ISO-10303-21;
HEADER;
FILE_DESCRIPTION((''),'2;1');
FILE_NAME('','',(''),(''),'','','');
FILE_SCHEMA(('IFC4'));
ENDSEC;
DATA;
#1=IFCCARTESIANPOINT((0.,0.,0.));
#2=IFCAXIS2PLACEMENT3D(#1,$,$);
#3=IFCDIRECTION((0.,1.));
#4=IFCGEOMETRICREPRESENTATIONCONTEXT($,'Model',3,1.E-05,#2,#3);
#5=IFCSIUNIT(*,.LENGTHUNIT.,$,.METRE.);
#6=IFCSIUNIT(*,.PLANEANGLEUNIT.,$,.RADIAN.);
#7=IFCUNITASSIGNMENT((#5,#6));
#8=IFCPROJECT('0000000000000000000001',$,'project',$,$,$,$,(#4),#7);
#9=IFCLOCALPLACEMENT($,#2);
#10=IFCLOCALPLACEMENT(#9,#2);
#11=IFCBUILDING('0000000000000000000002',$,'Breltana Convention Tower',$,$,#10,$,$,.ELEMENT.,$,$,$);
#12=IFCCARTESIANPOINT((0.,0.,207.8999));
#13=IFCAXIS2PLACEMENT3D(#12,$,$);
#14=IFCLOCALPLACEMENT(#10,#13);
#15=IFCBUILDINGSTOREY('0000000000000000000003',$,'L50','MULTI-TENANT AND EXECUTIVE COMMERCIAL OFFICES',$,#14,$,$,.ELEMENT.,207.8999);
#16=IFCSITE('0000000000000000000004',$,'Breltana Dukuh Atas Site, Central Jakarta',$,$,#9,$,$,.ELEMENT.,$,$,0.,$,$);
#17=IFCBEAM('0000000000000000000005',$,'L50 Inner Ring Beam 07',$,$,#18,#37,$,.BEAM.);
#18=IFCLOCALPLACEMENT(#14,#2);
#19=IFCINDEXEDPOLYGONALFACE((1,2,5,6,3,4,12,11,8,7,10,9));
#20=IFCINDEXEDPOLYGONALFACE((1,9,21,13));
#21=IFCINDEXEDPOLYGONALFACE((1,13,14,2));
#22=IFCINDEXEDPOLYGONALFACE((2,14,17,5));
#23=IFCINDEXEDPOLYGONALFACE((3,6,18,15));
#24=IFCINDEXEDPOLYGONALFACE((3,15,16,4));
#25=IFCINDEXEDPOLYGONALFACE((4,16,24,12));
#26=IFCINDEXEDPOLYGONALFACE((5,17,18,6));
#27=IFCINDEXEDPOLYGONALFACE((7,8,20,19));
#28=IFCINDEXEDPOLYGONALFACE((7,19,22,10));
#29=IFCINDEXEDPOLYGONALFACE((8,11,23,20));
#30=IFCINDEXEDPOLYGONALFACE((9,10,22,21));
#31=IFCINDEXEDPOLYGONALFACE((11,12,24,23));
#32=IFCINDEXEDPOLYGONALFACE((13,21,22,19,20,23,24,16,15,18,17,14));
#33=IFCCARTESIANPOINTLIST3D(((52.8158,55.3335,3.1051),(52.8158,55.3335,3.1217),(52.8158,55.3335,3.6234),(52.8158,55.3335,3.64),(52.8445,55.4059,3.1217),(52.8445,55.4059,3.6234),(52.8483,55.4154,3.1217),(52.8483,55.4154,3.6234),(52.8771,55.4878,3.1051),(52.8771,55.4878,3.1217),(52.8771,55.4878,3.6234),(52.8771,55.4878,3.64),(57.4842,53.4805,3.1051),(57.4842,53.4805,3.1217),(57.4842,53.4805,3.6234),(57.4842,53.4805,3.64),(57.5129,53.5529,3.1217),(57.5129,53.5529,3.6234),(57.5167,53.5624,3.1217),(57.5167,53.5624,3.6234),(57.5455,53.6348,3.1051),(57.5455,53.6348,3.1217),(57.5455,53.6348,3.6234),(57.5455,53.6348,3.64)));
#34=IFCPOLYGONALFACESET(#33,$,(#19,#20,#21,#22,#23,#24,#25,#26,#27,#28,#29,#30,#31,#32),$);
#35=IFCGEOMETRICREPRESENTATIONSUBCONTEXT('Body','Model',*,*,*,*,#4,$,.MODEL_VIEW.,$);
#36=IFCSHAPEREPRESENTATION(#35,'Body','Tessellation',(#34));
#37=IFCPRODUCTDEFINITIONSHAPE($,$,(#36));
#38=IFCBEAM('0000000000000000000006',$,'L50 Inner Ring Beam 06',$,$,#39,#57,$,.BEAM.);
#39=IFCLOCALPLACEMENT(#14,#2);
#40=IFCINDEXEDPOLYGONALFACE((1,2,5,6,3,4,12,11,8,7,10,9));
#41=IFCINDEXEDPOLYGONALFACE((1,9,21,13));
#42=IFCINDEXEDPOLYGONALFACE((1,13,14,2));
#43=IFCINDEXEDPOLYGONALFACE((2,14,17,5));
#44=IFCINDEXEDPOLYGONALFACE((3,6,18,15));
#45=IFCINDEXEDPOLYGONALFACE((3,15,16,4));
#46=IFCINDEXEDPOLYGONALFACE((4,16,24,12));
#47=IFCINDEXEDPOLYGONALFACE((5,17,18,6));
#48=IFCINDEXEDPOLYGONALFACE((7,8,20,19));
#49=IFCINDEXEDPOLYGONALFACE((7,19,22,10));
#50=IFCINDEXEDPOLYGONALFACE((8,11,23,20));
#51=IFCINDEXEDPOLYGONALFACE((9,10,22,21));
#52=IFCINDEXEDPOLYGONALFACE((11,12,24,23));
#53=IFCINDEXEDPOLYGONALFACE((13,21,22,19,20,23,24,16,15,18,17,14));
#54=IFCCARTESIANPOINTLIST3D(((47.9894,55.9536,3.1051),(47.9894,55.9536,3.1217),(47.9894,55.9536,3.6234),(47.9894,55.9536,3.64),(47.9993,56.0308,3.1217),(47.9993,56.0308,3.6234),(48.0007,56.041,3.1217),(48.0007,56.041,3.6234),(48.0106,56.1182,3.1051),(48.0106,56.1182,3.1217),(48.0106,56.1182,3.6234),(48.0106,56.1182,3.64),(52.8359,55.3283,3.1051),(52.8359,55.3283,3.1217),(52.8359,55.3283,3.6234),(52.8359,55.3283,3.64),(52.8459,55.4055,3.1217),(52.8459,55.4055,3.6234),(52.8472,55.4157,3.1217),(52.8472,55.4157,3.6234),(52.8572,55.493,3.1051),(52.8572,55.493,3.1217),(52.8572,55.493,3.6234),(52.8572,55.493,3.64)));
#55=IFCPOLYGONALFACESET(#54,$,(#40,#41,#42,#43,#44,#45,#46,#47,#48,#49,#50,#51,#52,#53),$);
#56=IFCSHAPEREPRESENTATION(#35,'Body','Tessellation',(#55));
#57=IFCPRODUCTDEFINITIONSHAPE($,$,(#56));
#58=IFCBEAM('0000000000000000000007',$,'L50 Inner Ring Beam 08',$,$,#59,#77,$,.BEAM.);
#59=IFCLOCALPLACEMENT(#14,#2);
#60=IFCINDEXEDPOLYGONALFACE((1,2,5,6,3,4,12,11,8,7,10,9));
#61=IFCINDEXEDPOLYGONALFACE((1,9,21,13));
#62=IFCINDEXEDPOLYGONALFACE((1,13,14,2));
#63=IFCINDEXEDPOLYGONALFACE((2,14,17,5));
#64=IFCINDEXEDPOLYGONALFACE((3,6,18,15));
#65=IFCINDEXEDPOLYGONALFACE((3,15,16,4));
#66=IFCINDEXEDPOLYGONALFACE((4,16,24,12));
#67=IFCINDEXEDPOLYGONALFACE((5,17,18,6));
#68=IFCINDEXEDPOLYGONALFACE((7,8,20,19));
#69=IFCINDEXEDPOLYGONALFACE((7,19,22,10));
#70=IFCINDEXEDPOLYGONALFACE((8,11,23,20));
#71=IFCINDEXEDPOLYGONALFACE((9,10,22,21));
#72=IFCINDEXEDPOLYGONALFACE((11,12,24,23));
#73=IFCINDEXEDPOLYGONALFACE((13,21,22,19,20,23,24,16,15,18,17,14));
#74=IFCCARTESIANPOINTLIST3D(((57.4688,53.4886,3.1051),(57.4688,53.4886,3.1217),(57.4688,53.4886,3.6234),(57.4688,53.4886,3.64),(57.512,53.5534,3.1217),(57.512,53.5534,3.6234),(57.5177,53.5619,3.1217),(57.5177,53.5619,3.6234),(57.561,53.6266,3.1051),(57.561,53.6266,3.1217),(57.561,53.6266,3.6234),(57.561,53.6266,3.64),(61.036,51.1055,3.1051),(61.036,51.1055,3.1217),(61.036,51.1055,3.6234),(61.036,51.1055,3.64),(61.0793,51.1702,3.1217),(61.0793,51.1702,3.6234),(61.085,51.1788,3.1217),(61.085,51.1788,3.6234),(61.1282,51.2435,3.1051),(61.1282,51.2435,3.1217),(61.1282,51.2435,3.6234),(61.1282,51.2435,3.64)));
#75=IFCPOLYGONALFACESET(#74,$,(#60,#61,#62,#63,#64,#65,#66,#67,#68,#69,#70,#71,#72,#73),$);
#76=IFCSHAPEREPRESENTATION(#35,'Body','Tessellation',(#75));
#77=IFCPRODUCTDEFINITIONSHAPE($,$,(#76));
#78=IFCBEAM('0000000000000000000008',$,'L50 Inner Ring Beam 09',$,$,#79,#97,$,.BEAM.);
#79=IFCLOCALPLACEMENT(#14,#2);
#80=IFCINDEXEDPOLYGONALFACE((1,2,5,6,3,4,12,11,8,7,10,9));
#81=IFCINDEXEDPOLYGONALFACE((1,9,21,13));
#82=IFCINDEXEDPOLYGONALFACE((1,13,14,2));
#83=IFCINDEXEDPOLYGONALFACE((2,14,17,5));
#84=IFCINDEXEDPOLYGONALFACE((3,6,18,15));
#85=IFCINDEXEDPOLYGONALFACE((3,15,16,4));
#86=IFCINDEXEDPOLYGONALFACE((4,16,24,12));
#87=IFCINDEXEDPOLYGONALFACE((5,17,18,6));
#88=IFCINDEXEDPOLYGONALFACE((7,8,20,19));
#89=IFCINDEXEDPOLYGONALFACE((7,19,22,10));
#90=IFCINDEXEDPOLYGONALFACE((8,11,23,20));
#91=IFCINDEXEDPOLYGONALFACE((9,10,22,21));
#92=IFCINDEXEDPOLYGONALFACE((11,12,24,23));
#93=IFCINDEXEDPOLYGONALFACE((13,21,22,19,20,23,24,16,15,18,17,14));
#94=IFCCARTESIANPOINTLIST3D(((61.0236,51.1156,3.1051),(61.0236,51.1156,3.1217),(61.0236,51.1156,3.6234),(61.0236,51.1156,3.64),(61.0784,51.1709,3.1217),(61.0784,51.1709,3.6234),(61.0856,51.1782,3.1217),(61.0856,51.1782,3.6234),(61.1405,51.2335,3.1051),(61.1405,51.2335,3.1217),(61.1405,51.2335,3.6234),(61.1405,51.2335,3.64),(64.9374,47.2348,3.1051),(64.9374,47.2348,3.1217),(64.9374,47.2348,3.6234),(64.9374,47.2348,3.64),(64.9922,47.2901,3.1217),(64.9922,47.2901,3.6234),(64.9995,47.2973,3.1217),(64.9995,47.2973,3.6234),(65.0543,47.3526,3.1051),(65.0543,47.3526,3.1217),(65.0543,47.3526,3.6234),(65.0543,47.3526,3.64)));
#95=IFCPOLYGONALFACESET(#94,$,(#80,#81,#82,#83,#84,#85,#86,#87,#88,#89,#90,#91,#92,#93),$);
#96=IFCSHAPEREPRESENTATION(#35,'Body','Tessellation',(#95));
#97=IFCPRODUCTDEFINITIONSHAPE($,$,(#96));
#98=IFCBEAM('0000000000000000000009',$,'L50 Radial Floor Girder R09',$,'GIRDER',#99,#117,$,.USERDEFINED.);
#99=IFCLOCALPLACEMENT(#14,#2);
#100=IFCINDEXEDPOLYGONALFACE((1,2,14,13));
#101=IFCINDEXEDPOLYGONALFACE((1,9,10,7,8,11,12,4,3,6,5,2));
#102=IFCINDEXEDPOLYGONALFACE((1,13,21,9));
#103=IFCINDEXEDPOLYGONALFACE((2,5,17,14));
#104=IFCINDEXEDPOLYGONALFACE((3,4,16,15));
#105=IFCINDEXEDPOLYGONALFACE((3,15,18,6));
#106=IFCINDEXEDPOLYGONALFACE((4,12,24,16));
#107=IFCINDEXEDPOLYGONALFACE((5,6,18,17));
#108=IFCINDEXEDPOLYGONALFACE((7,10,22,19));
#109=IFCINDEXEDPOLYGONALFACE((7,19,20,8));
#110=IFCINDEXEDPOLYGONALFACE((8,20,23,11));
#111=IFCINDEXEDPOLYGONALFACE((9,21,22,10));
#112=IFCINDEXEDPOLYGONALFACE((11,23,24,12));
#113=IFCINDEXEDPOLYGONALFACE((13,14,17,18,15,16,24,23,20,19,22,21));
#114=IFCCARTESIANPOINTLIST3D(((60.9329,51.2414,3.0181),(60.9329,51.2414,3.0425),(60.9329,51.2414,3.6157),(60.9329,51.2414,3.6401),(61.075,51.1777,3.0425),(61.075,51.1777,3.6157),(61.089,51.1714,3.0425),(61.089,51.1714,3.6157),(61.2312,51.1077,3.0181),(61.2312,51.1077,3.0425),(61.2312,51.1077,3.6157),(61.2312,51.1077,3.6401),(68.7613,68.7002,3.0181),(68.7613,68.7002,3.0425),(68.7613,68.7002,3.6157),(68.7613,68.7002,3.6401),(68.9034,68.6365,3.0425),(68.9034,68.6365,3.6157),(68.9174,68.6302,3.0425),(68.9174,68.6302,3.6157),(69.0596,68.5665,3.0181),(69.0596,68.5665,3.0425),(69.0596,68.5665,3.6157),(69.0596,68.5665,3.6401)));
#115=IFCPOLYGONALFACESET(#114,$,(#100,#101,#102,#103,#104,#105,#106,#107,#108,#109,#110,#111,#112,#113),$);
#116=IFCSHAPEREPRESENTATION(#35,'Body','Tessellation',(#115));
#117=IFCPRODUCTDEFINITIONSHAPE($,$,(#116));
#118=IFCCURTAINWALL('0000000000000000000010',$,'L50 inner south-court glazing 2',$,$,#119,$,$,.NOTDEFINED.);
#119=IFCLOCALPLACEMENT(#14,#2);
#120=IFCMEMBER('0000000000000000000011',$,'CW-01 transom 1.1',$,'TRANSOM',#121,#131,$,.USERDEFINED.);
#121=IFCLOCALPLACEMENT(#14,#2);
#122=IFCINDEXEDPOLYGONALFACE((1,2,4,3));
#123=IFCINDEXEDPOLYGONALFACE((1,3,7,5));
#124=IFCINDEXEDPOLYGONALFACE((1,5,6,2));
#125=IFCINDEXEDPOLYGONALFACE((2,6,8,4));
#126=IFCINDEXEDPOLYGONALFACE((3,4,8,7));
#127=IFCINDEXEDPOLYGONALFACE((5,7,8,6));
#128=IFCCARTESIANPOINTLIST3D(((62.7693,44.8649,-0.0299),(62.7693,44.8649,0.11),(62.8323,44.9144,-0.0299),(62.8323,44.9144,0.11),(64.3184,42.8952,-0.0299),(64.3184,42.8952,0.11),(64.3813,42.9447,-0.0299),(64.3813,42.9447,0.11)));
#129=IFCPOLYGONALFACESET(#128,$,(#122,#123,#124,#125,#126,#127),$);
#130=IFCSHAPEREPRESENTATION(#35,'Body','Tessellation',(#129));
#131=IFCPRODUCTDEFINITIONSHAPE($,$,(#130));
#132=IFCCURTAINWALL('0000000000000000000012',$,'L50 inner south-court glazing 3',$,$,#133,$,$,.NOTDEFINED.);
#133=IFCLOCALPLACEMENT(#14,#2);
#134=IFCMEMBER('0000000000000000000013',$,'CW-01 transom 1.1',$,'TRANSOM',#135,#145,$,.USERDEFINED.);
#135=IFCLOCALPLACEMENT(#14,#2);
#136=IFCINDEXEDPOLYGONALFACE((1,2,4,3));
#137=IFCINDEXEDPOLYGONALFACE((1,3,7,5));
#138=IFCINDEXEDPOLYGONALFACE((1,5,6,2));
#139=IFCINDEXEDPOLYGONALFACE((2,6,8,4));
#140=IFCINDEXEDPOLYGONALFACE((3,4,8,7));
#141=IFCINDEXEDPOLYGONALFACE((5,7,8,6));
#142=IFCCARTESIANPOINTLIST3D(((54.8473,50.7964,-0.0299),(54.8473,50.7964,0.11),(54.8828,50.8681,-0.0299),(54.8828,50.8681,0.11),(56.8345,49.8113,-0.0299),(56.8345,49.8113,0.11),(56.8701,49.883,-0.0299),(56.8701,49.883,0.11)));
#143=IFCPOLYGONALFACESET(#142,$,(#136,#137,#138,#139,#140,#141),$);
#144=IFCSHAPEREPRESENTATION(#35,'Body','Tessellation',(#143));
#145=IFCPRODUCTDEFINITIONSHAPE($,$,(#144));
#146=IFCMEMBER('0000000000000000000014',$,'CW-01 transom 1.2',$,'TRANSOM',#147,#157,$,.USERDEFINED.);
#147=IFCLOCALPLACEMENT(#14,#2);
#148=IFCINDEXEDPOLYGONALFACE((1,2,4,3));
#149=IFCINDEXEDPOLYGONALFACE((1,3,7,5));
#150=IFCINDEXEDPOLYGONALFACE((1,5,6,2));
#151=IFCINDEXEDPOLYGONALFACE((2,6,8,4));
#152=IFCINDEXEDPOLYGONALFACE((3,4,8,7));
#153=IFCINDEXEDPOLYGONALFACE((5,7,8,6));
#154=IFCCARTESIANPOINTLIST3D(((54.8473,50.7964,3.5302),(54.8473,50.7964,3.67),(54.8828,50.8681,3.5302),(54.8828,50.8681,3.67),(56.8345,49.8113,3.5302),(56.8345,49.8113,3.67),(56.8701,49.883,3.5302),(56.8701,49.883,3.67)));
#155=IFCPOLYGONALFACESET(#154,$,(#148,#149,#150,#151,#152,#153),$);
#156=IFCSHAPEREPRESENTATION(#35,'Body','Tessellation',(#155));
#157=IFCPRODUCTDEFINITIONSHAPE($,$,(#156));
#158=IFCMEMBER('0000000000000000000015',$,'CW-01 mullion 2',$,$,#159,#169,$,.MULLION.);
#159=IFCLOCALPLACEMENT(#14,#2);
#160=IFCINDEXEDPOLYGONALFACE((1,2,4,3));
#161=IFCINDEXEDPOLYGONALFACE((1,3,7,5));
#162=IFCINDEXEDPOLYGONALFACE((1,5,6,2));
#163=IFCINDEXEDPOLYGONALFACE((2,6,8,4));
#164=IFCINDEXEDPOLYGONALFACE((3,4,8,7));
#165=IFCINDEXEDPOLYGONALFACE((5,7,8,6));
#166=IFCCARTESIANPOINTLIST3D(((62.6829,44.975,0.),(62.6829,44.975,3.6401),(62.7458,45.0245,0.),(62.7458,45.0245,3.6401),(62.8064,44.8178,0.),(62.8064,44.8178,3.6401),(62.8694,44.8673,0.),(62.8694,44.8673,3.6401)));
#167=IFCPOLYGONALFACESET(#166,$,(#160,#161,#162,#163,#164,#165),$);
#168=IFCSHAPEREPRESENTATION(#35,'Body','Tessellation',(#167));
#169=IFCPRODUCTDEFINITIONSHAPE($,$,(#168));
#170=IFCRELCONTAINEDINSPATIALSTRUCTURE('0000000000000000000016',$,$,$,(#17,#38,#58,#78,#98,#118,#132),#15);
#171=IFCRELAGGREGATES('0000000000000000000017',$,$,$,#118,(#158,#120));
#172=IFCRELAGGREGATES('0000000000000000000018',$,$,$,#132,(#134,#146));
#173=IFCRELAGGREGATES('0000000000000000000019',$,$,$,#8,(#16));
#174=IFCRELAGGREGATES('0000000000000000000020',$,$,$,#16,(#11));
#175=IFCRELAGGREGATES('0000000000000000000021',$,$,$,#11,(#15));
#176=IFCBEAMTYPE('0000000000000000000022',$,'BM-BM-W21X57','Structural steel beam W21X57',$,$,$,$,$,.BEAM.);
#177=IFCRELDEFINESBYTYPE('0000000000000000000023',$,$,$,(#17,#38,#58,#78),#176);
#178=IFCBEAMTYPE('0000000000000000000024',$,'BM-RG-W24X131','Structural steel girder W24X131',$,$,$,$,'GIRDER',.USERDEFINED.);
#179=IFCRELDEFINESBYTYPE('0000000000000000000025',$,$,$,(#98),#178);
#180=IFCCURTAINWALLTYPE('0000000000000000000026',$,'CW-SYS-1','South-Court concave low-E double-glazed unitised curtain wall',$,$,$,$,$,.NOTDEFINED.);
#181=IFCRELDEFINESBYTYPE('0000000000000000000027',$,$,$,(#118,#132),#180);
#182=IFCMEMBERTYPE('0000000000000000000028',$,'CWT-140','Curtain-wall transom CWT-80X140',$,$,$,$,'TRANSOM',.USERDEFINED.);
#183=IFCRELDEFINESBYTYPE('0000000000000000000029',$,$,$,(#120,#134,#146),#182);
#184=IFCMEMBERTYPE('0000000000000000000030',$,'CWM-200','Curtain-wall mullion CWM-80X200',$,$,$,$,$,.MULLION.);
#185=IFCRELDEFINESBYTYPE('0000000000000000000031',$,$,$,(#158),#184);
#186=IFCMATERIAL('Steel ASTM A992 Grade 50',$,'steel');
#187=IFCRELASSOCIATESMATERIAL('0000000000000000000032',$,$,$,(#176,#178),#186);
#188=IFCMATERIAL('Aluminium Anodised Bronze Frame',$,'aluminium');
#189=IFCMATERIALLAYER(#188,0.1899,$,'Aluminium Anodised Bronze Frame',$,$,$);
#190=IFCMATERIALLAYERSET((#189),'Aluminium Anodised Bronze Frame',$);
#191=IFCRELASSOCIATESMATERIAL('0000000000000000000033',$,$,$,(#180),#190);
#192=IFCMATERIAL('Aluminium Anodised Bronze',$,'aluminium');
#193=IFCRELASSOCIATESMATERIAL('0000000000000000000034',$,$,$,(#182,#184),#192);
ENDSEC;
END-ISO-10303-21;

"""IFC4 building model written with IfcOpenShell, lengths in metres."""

from ifc_helpers import new_model, si_unit, direction, frame, origin, origin_2d, place, context, subcontext, project, spatial, rectangle, i_section, extrude, source, transform, mapped, material, layer, layer_set, material_profile, profile_set, type_object, element, aggregate, save


model = new_model("IFC4")

# Units and contexts
model_context = context("Model", 3, precision=1e-05, world=origin(), true_north=direction((0.0, 1.0)))
body_context = subcontext(model_context, "Body", "Model", "MODEL_VIEW")
ifc_project = project(units=[si_unit("LENGTHUNIT", "METRE"), si_unit("PLANEANGLEUNIT", "RADIAN")], contexts=[model_context])

# Site, building, storey
site_placement = place(None, origin())
site = spatial("IfcSite", under=ifc_project, at=site_placement, Name="Breltana Dukuh Atas Site, Central Jakarta", CompositionType="ELEMENT", RefElevation=0.0)
building_placement = place(site_placement, origin())
building = spatial("IfcBuilding", under=site, at=building_placement, Name="Breltana Convention Tower", CompositionType="ELEMENT")
storey_placement = place(building_placement, frame((0.0, 0.0, 207.8999)))
storey = spatial("IfcBuildingStorey", under=building, at=storey_placement, Name="L50", Description="MULTI-TENANT AND EXECUTIVE COMMERCIAL OFFICES", CompositionType="ELEMENT", Elevation=207.8999)

# Shared definitions
ifc_material_1 = material(Name="Steel ASTM A992 Grade 50", Category="steel")

# Beams
ifc_material_profile_1 = material_profile(ifc_material_1, i_section(OverallWidth=0.166, OverallDepth=0.5349, WebThickness=0.0103, FlangeThickness=0.0166, at=origin_2d()), Name="W21X57")
ifc_profile_set_1 = profile_set([ifc_material_profile_1], Name="Steel ASTM A992 Grade 50")
beam_type_1 = type_object("IfcBeamType", Name="BM-BM-W21X57", Description="Structural steel beam W21X57", PredefinedType="BEAM", material=ifc_profile_set_1)
shared_shape_1 = source(origin(), body_context, "Body", "SweptSolid", [
    extrude(i_section(OverallWidth=0.166, OverallDepth=0.5349, WebThickness=0.0103, FlangeThickness=0.0166, at=origin_2d()), origin(), (0.0, 0.0, 1.0), 5.0227),
])
beam_1_placement = place(storey_placement, frame((52.8464, 55.4106, 3.3726), z_axis=(0.929459, -0.368926, 0.0), x_axis=(0.368926, 0.929459, 0.0)))
element("IfcBeam", 1, at=beam_1_placement, inside=storey, type_object=beam_type_1, Name="L50 Inner Ring Beam 07", PredefinedType="BEAM", context=body_context, shape_type="MappedRepresentation", body=[
    mapped(shared_shape_1, transform((0.0, 0.0, 0.0), scale=1.0)),
])
shared_shape_2 = source(origin(), body_context, "Body", "SweptSolid", [
    extrude(i_section(OverallWidth=0.166, OverallDepth=0.5349, WebThickness=0.0103, FlangeThickness=0.0166, at=origin_2d()), origin(), (0.0, 0.0, 1.0), 4.8867),
])
beam_2_placement = place(storey_placement, frame((48.0, 56.0359, 3.3726), z_axis=(0.991781, -0.127951, 0.0), x_axis=(0.127951, 0.991781, 0.0)))
element("IfcBeam", 2, at=beam_2_placement, inside=storey, type_object=beam_type_1, Name="L50 Inner Ring Beam 06", PredefinedType="BEAM", context=body_context, shape_type="MappedRepresentation", body=[
    mapped(shared_shape_2, transform((0.0, 0.0, 0.0), scale=1.0)),
])
shared_shape_3 = source(origin(), body_context, "Body", "SweptSolid", [
    extrude(i_section(OverallWidth=0.166, OverallDepth=0.5349, WebThickness=0.0103, FlangeThickness=0.0166, at=origin_2d()), origin(), (0.0, 0.0, 1.0), 4.29),
])
beam_3_placement = place(storey_placement, frame((57.5149, 53.5576, 3.3726), z_axis=(0.831516, -0.555501, 0.0), x_axis=(0.555501, 0.831516, 0.0)))
element("IfcBeam", 3, at=beam_3_placement, inside=storey, type_object=beam_type_1, Name="L50 Inner Ring Beam 08", PredefinedType="BEAM", context=body_context, shape_type="MappedRepresentation", body=[
    mapped(shared_shape_3, transform((0.0, 0.0, 0.0), scale=1.0)),
])
shared_shape_4 = source(origin(), body_context, "Body", "SweptSolid", [
    extrude(i_section(OverallWidth=0.166, OverallDepth=0.5349, WebThickness=0.0103, FlangeThickness=0.0166, at=origin_2d()), origin(), (0.0, 0.0, 1.0), 5.5117),
])
beam_4_placement = place(storey_placement, frame((61.082, 51.1746, 3.3726), z_axis=(0.71009, -0.704111, 0.0), x_axis=(0.704111, 0.71009, 0.0)))
element("IfcBeam", 4, at=beam_4_placement, inside=storey, type_object=beam_type_1, Name="L50 Inner Ring Beam 09", PredefinedType="BEAM", context=body_context, shape_type="MappedRepresentation", body=[
    mapped(shared_shape_4, transform((0.0, 0.0, 0.0), scale=1.0)),
])
ifc_material_profile_2 = material_profile(ifc_material_1, i_section(OverallWidth=0.3269, OverallDepth=0.6221, WebThickness=0.0154, FlangeThickness=0.0244, at=origin_2d()), Name="W24X131")
ifc_profile_set_2 = profile_set([ifc_material_profile_2], Name="Steel ASTM A992 Grade 50")
beam_type_2 = type_object("IfcBeamType", Name="BM-RG-W24X131", Description="Structural steel girder W24X131", ElementType="GIRDER", PredefinedType="USERDEFINED", material=ifc_profile_set_2)
shared_shape_5 = source(origin(), body_context, "Body", "SweptSolid", [
    extrude(i_section(OverallWidth=0.3269, OverallDepth=0.6221, WebThickness=0.0154, FlangeThickness=0.0244, at=origin_2d()), origin(), (0.0, 0.0, 1.0), 19.1335),
])
beam_5_placement = place(storey_placement, frame((61.082, 51.1746, 3.3291), z_axis=(0.409145, 0.91247, 0.0), x_axis=(-0.91247, 0.409145, 0.0)))
element("IfcBeam", 5, at=beam_5_placement, inside=storey, type_object=beam_type_2, Name="L50 Radial Floor Girder R09", ObjectType="GIRDER", PredefinedType="USERDEFINED", context=body_context, shape_type="MappedRepresentation", body=[
    mapped(shared_shape_5, transform((0.0, 0.0, 0.0), scale=1.0)),
])

# Curtain wall, member
ifc_material_2 = material(Name="Aluminium Anodised Bronze Frame", Category="aluminium")
ifc_layer_1 = layer(ifc_material_2, 0.1899, Name="Aluminium Anodised Bronze Frame")
ifc_layer_set_1 = layer_set([ifc_layer_1], Name="Aluminium Anodised Bronze Frame")
curtain_wall_type = type_object("IfcCurtainWallType", Name="CW-SYS-1", Description="South-Court concave low-E double-glazed unitised curtain wall", PredefinedType="NOTDEFINED", material=ifc_layer_set_1)
curtain_wall_1_placement = place(storey_placement, origin())
curtain_wall_1 = element("IfcCurtainWall", 6, at=curtain_wall_1_placement, inside=storey, type_object=curtain_wall_type, Name="L50 inner south-court glazing 2", PredefinedType="NOTDEFINED")
ifc_material_3 = material(Name="Aluminium Anodised Bronze", Category="aluminium")
ifc_material_profile_3 = material_profile(ifc_material_3, rectangle(XDim=0.0801, YDim=0.1399, at=origin_2d()), Name="CWT-80X140")
ifc_profile_set_3 = profile_set([ifc_material_profile_3], Name="Aluminium Anodised Bronze")
member_type_1 = type_object("IfcMemberType", Name="CWT-140", Description="Curtain-wall transom CWT-80X140", ElementType="TRANSOM", PredefinedType="USERDEFINED", material=ifc_profile_set_3)
shared_shape_6 = source(origin(), body_context, "Body", "SweptSolid", [
    extrude(rectangle(XDim=0.0801, YDim=0.1399, at=origin_2d()), origin(), (0.0, 0.0, 1.0), 2.5059),
])
member_1_placement = place(storey_placement, frame((64.3499, 42.9199, 0.04), z_axis=(-0.618174, 0.786041, 0.0), x_axis=(-0.786041, -0.618174, 0.0)))
member_1 = element("IfcMember", 7, at=member_1_placement, type_object=member_type_1, Name="CW-01 transom 1.1", ObjectType="TRANSOM", PredefinedType="USERDEFINED", context=body_context, shape_type="MappedRepresentation", body=[
    mapped(shared_shape_6, transform((0.0, 0.0, 0.0), scale=1.0)),
])

# Curtain wall, members
curtain_wall_2_placement = place(storey_placement, origin())
curtain_wall_2 = element("IfcCurtainWall", 8, at=curtain_wall_2_placement, inside=storey, type_object=curtain_wall_type, Name="L50 inner south-court glazing 3", PredefinedType="NOTDEFINED")
shared_shape_7 = source(origin(), body_context, "Body", "SweptSolid", [
    extrude(rectangle(XDim=0.0801, YDim=0.1399, at=origin_2d()), origin(), (0.0, 0.0, 1.0), 2.218),
])
member_2_placement = place(storey_placement, frame((56.8523, 49.8472, 0.04), z_axis=(-0.895963, 0.444129, 0.0), x_axis=(-0.444129, -0.895963, 0.0)))
member_2 = element("IfcMember", 9, at=member_2_placement, type_object=member_type_1, Name="CW-01 transom 1.1", ObjectType="TRANSOM", PredefinedType="USERDEFINED", context=body_context, shape_type="MappedRepresentation", body=[
    mapped(shared_shape_7, transform((0.0, 0.0, 0.0), scale=1.0)),
])
member_3_placement = place(storey_placement, frame((56.8523, 49.8472, 3.6001), z_axis=(-0.895963, 0.444129, 0.0), x_axis=(-0.444129, -0.895963, 0.0)))
member_3 = element("IfcMember", 10, at=member_3_placement, type_object=member_type_1, Name="CW-01 transom 1.2", ObjectType="TRANSOM", PredefinedType="USERDEFINED", context=body_context, shape_type="MappedRepresentation", body=[
    mapped(shared_shape_7, transform((0.0, 0.0, 0.0), scale=1.0)),
])

# Member
ifc_material_profile_4 = material_profile(ifc_material_3, rectangle(XDim=0.0801, YDim=0.2, at=origin_2d()), Name="CWM-80X200")
ifc_profile_set_4 = profile_set([ifc_material_profile_4], Name="Aluminium Anodised Bronze")
member_type_2 = type_object("IfcMemberType", Name="CWM-200", Description="Curtain-wall mullion CWM-80X200", PredefinedType="MULLION", material=ifc_profile_set_4)
shared_shape_8 = source(origin(), body_context, "Body", "SweptSolid", [
    extrude(rectangle(XDim=0.0801, YDim=0.2, at=origin_2d()), origin(), (0.0, 0.0, 1.0), 3.6401),
])
member_4_placement = place(storey_placement, frame((62.7761, 44.9211, 0.0), z_axis=(0.0, 0.0, 1.0), x_axis=(-0.786061, -0.61815, 0.0)))
member_4 = element("IfcMember", 11, at=member_4_placement, type_object=member_type_2, Name="CW-01 mullion 2", PredefinedType="MULLION", context=body_context, shape_type="MappedRepresentation", body=[
    mapped(shared_shape_8, transform((0.0, 0.0, 0.0), scale=1.0)),
])

aggregate(curtain_wall_1, [member_4, member_1])
aggregate(curtain_wall_2, [member_2, member_3])

save(model, "model.ifc")
